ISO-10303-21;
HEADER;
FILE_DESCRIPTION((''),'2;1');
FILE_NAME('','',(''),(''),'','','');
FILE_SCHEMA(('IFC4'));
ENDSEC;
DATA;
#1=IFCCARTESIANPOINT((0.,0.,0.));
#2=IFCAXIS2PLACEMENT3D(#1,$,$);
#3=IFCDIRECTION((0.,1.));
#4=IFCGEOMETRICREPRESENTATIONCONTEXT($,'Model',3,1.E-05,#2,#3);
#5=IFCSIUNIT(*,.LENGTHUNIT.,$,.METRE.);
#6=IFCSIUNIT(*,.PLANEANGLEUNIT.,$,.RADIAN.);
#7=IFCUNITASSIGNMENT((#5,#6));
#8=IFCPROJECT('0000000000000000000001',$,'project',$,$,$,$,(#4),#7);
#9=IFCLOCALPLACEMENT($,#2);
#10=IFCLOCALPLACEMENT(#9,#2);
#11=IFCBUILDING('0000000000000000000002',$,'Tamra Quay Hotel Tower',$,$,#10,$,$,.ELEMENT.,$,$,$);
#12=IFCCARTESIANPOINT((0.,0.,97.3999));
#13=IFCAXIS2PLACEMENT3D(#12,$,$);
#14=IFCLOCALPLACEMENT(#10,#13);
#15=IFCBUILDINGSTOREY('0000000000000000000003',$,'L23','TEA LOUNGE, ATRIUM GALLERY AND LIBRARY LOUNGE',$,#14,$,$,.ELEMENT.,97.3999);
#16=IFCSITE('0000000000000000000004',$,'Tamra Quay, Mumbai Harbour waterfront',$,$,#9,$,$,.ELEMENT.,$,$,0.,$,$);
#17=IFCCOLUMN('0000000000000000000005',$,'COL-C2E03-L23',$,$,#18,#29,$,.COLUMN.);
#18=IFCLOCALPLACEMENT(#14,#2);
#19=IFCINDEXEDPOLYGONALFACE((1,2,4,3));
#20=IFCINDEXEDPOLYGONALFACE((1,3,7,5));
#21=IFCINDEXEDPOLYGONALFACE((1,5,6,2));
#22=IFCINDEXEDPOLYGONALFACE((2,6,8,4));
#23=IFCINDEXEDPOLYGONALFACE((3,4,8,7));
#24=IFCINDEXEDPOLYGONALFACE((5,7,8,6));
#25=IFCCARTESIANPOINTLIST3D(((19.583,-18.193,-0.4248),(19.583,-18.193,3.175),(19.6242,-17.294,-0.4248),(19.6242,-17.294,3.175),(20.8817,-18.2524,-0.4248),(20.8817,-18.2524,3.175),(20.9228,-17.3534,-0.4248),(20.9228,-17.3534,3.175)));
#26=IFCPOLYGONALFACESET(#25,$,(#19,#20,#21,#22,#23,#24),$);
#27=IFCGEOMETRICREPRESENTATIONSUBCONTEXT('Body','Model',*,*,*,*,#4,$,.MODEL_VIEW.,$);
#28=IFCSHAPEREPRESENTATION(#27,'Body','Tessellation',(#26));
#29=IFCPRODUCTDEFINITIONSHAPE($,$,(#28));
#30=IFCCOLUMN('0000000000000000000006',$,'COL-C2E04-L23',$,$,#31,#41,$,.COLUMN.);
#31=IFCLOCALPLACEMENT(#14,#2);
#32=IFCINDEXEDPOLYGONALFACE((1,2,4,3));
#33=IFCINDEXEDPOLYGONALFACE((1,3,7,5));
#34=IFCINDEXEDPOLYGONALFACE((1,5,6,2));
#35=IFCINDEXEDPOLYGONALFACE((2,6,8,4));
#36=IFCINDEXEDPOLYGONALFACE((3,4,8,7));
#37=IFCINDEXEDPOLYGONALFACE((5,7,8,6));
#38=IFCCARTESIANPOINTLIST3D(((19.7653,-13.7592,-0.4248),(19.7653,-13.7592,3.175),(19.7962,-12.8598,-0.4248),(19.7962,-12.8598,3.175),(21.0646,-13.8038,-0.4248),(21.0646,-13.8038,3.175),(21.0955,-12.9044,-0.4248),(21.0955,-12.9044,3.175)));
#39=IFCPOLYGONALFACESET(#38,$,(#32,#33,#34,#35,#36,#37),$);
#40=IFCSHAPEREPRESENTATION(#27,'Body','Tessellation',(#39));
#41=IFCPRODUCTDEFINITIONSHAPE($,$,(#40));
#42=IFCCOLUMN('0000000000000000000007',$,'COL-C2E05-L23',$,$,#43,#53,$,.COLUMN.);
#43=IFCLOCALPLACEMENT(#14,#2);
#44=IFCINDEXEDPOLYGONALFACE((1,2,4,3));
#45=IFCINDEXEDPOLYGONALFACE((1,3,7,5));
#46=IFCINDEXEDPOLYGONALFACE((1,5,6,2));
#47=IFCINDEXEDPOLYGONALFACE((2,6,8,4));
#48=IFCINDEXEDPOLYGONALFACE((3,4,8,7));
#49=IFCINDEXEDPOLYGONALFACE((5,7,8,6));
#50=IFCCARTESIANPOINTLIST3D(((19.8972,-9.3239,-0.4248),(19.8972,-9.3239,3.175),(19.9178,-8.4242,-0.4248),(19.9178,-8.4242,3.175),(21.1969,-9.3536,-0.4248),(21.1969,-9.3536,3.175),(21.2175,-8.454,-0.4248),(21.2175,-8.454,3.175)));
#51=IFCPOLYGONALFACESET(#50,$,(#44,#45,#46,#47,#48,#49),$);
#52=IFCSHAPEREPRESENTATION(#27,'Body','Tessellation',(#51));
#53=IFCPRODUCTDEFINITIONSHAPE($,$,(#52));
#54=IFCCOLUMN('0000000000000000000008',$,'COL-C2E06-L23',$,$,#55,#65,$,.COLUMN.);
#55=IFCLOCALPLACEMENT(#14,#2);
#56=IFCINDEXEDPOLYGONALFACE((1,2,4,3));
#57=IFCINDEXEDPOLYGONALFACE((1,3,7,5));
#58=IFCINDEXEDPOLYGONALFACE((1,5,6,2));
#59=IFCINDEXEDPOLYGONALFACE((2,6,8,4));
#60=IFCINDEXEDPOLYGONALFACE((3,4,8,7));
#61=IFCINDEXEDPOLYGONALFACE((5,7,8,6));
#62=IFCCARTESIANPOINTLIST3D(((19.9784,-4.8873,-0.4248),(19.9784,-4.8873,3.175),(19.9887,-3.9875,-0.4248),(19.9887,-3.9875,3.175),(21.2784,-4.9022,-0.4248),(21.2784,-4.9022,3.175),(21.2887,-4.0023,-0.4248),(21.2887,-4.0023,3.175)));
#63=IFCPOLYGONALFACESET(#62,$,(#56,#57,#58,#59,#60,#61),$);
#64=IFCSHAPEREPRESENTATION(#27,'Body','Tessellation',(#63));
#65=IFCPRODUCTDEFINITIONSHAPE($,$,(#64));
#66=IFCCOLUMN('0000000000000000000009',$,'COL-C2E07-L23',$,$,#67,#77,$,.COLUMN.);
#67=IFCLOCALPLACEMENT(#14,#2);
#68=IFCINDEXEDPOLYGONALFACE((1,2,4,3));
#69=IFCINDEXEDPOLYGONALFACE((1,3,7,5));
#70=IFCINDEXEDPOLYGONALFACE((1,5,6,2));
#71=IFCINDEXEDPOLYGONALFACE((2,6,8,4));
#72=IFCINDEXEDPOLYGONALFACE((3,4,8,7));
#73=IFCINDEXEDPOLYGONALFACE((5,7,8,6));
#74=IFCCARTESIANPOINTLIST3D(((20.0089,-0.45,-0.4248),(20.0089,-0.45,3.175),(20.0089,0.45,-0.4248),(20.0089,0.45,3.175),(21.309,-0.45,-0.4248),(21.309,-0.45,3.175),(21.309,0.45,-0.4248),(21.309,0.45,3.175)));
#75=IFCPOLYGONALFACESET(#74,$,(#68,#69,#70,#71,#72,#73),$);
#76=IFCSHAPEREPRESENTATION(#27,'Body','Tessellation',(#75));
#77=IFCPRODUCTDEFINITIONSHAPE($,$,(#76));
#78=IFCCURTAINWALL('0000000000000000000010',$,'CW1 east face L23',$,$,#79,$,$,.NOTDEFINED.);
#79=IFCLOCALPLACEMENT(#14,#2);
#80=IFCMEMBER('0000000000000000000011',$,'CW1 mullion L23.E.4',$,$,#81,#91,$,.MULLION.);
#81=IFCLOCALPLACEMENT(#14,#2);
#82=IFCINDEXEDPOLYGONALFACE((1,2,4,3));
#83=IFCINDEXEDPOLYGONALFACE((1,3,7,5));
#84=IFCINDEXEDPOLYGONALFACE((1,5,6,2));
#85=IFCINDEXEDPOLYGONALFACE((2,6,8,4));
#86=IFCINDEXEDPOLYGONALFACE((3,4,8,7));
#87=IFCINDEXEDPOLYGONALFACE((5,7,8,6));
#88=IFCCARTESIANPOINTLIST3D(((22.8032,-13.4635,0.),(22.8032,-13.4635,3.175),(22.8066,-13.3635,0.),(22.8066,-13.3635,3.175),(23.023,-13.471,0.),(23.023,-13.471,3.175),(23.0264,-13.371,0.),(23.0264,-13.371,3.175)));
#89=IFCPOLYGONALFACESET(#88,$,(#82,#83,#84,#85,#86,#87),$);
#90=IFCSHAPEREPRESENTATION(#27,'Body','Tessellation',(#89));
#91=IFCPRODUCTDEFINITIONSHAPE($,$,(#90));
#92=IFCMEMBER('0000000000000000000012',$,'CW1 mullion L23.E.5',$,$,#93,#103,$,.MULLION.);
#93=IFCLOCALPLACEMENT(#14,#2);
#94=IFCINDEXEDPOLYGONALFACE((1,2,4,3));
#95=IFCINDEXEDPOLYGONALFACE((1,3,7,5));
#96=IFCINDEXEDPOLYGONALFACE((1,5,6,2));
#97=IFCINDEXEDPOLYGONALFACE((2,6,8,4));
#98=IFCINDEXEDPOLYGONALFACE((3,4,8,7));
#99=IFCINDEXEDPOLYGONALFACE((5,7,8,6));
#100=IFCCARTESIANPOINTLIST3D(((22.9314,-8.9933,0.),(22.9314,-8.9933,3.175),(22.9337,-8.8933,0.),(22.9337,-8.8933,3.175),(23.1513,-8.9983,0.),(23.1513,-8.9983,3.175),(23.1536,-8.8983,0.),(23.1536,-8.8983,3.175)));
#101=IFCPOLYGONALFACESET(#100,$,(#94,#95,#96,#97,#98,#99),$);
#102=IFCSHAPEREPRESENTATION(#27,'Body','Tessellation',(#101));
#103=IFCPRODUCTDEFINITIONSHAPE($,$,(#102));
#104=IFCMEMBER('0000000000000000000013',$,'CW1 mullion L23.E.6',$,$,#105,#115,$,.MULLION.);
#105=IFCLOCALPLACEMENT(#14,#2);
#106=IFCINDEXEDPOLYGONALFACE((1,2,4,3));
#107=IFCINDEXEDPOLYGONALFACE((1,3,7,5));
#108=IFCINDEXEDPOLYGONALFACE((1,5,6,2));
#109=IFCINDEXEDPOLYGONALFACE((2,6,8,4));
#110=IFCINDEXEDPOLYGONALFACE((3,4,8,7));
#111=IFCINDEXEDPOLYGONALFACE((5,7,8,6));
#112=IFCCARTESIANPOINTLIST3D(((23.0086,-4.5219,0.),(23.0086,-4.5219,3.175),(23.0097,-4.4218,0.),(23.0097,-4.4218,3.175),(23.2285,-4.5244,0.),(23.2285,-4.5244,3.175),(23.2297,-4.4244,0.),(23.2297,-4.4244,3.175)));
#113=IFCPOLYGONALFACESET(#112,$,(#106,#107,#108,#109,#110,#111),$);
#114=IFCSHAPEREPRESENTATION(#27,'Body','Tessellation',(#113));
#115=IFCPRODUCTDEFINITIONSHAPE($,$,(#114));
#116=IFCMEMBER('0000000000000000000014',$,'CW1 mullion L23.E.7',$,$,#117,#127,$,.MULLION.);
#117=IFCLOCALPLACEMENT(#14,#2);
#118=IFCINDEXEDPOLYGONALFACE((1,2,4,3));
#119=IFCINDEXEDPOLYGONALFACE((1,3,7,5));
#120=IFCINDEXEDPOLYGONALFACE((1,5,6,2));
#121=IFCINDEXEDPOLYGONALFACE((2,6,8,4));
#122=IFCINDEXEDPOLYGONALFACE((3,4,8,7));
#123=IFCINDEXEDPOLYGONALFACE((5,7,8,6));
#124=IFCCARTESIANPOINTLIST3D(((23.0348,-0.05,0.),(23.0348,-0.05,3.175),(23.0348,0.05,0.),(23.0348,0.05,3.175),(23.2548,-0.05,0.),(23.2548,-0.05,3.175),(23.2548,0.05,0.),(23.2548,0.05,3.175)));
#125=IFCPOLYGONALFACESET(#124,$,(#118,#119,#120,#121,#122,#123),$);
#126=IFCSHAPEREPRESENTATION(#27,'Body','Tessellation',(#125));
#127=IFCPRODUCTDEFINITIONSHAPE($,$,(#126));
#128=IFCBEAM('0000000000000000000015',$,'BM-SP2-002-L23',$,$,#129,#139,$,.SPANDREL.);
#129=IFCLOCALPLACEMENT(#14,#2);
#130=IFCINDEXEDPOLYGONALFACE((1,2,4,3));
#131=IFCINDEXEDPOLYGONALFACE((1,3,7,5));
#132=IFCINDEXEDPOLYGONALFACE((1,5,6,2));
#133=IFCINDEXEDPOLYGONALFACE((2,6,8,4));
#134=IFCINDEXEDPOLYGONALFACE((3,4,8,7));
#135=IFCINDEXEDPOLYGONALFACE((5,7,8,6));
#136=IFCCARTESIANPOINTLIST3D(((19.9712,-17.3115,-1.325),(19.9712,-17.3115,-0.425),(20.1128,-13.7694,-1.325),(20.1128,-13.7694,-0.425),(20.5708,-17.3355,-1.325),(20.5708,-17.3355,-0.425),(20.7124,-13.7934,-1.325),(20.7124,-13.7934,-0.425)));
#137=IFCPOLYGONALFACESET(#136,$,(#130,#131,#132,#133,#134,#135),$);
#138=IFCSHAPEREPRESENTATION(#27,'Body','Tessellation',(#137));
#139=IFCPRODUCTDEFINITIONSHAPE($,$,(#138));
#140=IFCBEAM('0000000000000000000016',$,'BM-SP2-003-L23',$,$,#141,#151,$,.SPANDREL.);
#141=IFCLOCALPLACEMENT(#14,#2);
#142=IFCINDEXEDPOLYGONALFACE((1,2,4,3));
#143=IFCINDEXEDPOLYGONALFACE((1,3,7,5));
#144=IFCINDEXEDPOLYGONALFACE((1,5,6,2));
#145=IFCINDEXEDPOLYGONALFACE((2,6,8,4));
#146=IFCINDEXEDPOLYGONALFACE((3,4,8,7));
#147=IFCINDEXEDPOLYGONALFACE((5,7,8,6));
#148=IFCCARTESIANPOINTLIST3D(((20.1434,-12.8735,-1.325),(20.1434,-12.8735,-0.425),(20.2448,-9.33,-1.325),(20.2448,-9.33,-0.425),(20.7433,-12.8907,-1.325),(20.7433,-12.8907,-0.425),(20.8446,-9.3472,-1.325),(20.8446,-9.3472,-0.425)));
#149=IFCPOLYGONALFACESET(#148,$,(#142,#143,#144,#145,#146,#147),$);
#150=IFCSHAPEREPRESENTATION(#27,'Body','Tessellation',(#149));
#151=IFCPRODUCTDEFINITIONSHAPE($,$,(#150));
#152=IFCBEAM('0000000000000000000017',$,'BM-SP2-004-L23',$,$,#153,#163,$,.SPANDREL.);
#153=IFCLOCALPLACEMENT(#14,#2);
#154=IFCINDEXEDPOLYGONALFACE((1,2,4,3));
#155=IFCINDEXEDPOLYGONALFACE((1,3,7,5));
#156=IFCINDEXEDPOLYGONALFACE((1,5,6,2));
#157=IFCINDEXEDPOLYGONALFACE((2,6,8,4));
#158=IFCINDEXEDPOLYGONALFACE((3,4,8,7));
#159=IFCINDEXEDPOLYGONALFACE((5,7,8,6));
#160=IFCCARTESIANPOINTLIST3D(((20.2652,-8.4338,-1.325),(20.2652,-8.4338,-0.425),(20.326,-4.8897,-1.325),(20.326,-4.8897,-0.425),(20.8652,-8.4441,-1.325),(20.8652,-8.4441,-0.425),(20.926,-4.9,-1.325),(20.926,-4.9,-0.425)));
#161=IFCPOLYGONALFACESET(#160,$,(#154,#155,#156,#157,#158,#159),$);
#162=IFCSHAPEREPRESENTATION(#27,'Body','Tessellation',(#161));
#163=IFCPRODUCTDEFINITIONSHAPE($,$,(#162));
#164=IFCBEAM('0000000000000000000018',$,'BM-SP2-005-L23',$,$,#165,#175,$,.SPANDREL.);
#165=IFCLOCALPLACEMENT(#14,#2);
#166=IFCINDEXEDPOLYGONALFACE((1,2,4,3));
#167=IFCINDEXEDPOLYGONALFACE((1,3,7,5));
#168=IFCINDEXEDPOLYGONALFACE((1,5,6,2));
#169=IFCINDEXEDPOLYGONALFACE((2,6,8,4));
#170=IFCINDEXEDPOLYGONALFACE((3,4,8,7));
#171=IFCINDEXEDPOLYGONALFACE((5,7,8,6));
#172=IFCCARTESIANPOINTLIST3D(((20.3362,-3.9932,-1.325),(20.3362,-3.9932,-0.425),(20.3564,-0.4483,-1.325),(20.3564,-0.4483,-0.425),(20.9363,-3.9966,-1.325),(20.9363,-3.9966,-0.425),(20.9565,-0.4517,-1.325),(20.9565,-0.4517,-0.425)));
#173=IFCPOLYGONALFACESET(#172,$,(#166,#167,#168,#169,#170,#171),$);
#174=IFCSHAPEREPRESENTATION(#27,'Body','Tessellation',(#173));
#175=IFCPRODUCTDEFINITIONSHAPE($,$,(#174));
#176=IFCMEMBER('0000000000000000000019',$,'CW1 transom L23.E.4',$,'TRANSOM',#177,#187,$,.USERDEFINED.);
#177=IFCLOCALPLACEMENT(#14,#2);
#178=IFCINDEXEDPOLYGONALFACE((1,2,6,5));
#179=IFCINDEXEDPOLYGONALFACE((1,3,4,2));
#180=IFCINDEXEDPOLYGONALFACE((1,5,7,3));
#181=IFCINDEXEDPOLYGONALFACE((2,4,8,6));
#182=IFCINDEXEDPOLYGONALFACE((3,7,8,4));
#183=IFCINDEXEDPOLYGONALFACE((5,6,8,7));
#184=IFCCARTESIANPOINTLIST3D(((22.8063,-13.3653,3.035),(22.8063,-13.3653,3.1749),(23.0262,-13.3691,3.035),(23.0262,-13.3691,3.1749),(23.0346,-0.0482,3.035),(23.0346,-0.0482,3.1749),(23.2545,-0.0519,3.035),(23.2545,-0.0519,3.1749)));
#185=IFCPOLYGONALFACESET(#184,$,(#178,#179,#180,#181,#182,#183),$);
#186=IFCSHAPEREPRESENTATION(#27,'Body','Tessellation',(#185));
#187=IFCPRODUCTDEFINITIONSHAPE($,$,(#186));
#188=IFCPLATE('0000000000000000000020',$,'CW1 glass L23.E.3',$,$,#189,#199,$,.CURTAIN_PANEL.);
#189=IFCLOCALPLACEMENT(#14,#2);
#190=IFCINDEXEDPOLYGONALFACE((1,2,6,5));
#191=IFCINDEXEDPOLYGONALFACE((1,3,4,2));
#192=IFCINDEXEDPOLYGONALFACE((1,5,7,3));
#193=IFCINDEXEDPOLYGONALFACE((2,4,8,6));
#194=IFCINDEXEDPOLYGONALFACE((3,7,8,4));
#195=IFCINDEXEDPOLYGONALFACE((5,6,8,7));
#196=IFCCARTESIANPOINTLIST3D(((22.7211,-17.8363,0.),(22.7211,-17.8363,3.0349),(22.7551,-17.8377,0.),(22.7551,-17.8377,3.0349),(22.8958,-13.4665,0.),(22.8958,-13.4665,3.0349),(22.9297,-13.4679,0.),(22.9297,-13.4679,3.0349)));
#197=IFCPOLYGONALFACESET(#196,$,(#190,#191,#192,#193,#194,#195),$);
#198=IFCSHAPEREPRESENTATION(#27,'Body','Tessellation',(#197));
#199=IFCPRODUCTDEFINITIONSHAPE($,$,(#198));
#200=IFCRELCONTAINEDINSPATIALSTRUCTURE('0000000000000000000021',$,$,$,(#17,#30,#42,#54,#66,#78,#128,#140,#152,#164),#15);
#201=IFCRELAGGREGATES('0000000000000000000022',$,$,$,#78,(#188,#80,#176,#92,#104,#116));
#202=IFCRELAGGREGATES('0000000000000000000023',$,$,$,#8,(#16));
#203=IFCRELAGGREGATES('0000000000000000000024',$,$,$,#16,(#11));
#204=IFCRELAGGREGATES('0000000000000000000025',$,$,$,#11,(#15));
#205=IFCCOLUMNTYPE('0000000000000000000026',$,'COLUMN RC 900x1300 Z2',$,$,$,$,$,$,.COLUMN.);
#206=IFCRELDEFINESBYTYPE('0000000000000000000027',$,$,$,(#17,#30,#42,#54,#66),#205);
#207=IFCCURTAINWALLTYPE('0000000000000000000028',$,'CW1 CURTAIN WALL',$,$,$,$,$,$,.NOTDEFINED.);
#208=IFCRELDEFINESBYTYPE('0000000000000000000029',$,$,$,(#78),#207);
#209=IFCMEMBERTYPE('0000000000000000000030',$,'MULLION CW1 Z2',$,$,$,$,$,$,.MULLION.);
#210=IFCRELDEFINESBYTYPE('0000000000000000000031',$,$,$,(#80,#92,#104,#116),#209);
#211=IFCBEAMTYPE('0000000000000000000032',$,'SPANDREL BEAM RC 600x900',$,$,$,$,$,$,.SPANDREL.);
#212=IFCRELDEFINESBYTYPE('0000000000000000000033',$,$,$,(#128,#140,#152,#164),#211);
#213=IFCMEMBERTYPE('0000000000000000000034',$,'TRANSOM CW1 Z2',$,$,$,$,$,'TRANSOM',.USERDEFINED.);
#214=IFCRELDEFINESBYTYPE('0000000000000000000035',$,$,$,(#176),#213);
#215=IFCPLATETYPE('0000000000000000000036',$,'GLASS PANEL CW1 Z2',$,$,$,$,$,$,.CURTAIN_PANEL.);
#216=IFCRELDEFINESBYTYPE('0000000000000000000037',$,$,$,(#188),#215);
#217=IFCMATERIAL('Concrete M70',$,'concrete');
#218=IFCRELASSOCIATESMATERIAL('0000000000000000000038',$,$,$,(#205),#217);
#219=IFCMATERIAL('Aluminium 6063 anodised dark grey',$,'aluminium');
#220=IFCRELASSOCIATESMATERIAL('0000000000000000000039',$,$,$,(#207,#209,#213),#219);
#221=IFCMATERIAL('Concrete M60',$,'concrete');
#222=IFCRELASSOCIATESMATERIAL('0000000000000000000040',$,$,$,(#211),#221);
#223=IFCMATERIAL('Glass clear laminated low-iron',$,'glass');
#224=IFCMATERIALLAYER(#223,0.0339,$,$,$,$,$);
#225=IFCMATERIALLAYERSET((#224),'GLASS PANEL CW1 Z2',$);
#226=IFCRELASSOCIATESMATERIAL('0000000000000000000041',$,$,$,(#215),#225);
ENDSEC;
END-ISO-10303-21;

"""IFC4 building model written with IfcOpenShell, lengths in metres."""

from ifc_helpers import new_model, si_unit, direction, frame, origin, origin_2d, place, context, subcontext, project, spatial, rectangle, extrude, material, layer, layer_set, material_profile, profile_set, type_object, element, aggregate, save


model = new_model("IFC4")

# Units and contexts
model_context = context("Model", 3, precision=1e-05, world=origin(), true_north=direction((0.0, 1.0)))
body_context = subcontext(model_context, "Body", "Model", "MODEL_VIEW")
ifc_project = project(units=[si_unit("LENGTHUNIT", "METRE"), si_unit("PLANEANGLEUNIT", "RADIAN")], contexts=[model_context])

# Site, building, storey
site_placement = place(None, origin())
site = spatial("IfcSite", under=ifc_project, at=site_placement, Name="Tamra Quay, Mumbai Harbour waterfront", CompositionType="ELEMENT", RefElevation=0.0)
building_placement = place(site_placement, origin())
building = spatial("IfcBuilding", under=site, at=building_placement, Name="Tamra Quay Hotel Tower", CompositionType="ELEMENT")
storey_placement = place(building_placement, frame((0.0, 0.0, 97.3999)))
storey = spatial("IfcBuildingStorey", under=building, at=storey_placement, Name="L23", Description="TEA LOUNGE, ATRIUM GALLERY AND LIBRARY LOUNGE", CompositionType="ELEMENT", Elevation=97.3999)

# Columns
ifc_material_1 = material(Name="Concrete M70", Category="concrete")
ifc_material_profile_1 = material_profile(ifc_material_1, rectangle(XDim=1.3, YDim=0.8999, at=origin_2d()), Name="COLUMN RC 900x1300 Z2")
ifc_profile_set_1 = profile_set([ifc_material_profile_1], Name="Concrete M70")
column_type = type_object("IfcColumnType", Name="COLUMN RC 900x1300 Z2", PredefinedType="COLUMN", material=ifc_profile_set_1)
for number, where, z_axis, x_axis, name in (
    (1, (20.2529, -17.7732, -0.4248), (0.0, 0.0, 1.0), (-0.998955, 0.045712, 0.0), "COL-C2E03-L23"),
    (2, (20.4304, -13.3318, -0.4248), (0.0, 0.0, 1.0), (-0.999412, 0.034299, 0.0), "COL-C2E04-L23"),
    (3, (20.5574, -8.8889, -0.4248), (0.0, 0.0, 1.0), (-0.999738, 0.022874, 0.0), "COL-C2E05-L23"),
    (4, (20.6335, -4.4448, -0.4248), (0.0, 0.0, 1.0), (-0.999935, 0.011439, 0.0), "COL-C2E06-L23"),
    (5, (20.6589, 0.0, -0.4248), (0.0, 0.0, 1.0), (1.0, 0.0, 0.0), "COL-C2E07-L23"),
):
    element("IfcColumn", number, at=place(storey_placement, frame(where, z_axis=z_axis, x_axis=x_axis)), inside=storey, type_object=column_type, Name=name, PredefinedType="COLUMN", context=body_context, shape_type="SweptSolid", body=[
        extrude(rectangle(XDim=1.3, YDim=0.8999, at=origin_2d()), origin(), (0.0, 0.0, 1.0), 3.5999),
    ])

# Curtain wall, members
ifc_material_2 = material(Name="Aluminium 6063 anodised dark grey", Category="aluminium")
curtain_wall_type = type_object("IfcCurtainWallType", Name="CW1 CURTAIN WALL", PredefinedType="NOTDEFINED", material=ifc_material_2)
curtain_wall_placement = place(storey_placement, origin())
curtain_wall = element("IfcCurtainWall", 6, at=curtain_wall_placement, inside=storey, type_object=curtain_wall_type, Name="CW1 east face L23", PredefinedType="NOTDEFINED")
ifc_material_profile_2 = material_profile(ifc_material_2, rectangle(XDim=0.22, YDim=0.1001, at=origin_2d()), Name="MULLION 100X220")
ifc_profile_set_2 = profile_set([ifc_material_profile_2], Name="Aluminium 6063 anodised dark grey")
member_type_1 = type_object("IfcMemberType", Name="MULLION CW1 Z2", PredefinedType="MULLION", material=ifc_profile_set_2)
member_1_placement = place(storey_placement, frame((22.9148, -13.4172, 0.0), z_axis=(0.0, 0.0, 1.0), x_axis=(0.999413, -0.034246, 0.0)))
member_1 = element("IfcMember", 7, at=member_1_placement, type_object=member_type_1, Name="CW1 mullion L23.E.4", PredefinedType="MULLION", context=body_context, shape_type="SweptSolid", body=[
    extrude(rectangle(XDim=0.22, YDim=0.1001, at=origin_2d()), origin(), (0.0, 0.0, 1.0), 3.175),
])
member_2_placement = place(storey_placement, frame((23.0425, -8.9458, 0.0), z_axis=(0.0, 0.0, 1.0), x_axis=(0.999739, -0.022841, 0.0)))
member_2 = element("IfcMember", 8, at=member_2_placement, type_object=member_type_1, Name="CW1 mullion L23.E.5", PredefinedType="MULLION", context=body_context, shape_type="SweptSolid", body=[
    extrude(rectangle(XDim=0.22, YDim=0.1001, at=origin_2d()), origin(), (0.0, 0.0, 1.0), 3.175),
])
member_3_placement = place(storey_placement, frame((23.1191, -4.4731, 0.0), z_axis=(0.0, 0.0, 1.0), x_axis=(0.999935, -0.011424, 0.0)))
member_3 = element("IfcMember", 9, at=member_3_placement, type_object=member_type_1, Name="CW1 mullion L23.E.6", PredefinedType="MULLION", context=body_context, shape_type="SweptSolid", body=[
    extrude(rectangle(XDim=0.22, YDim=0.1001, at=origin_2d()), origin(), (0.0, 0.0, 1.0), 3.175),
])
member_4_placement = place(storey_placement, frame((23.1448, 0.0, 0.0), z_axis=(0.0, 0.0, 1.0), x_axis=(1.0, 0.0, 0.0)))
member_4 = element("IfcMember", 10, at=member_4_placement, type_object=member_type_1, Name="CW1 mullion L23.E.7", PredefinedType="MULLION", context=body_context, shape_type="SweptSolid", body=[
    extrude(rectangle(XDim=0.22, YDim=0.1001, at=origin_2d()), origin(), (0.0, 0.0, 1.0), 3.175),
])

# Beams
ifc_material_3 = material(Name="Concrete M60", Category="concrete")
ifc_material_profile_3 = material_profile(ifc_material_3, rectangle(XDim=0.6001, YDim=0.8999, at=origin_2d()), Name="SPANDREL BEAM RC 600x900")
ifc_profile_set_3 = profile_set([ifc_material_profile_3], Name="Concrete M60")
beam_type = type_object("IfcBeamType", Name="SPANDREL BEAM RC 600x900", PredefinedType="SPANDREL", material=ifc_profile_set_3)
for number, where, z_axis, x_axis, name in (
    (11, (20.271, -17.3235, -0.875), (0.039946, 0.999202, 0.0), (-0.999202, 0.039946, 0.0), "BM-SP2-002-L23"),
    (12, (20.4434, -12.8821, -0.875), (0.028581, 0.999591, 0.0), (-0.999591, 0.028581, 0.0), "BM-SP2-003-L23"),
):
    element("IfcBeam", number, at=place(storey_placement, frame(where, z_axis=z_axis, x_axis=x_axis)), inside=storey, type_object=beam_type, Name=name, PredefinedType="SPANDREL", context=body_context, shape_type="SweptSolid", body=[
        extrude(rectangle(XDim=0.6001, YDim=0.8999, at=origin_2d()), origin(), (0.0, 0.0, 1.0), 3.5449),
    ])
beam_1_placement = place(storey_placement, frame((20.5652, -8.439, -0.875), z_axis=(0.01715, 0.999853, 0.0), x_axis=(-0.999853, 0.01715, 0.0)))
element("IfcBeam", 13, at=beam_1_placement, inside=storey, type_object=beam_type, Name="BM-SP2-004-L23", PredefinedType="SPANDREL", context=body_context, shape_type="SweptSolid", body=[
    extrude(rectangle(XDim=0.6001, YDim=0.8999, at=origin_2d()), origin(), (0.0, 0.0, 1.0), 3.5447),
])
beam_2_placement = place(storey_placement, frame((20.6362, -3.9949, -0.875), z_axis=(0.005716, 0.999984, 0.0), x_axis=(-0.999984, 0.005716, 0.0)))
element("IfcBeam", 14, at=beam_2_placement, inside=storey, type_object=beam_type, Name="BM-SP2-005-L23", PredefinedType="SPANDREL", context=body_context, shape_type="SweptSolid", body=[
    extrude(rectangle(XDim=0.6001, YDim=0.8999, at=origin_2d()), origin(), (0.0, 0.0, 1.0), 3.5449),
])

# Member
ifc_material_profile_4 = material_profile(ifc_material_2, rectangle(XDim=0.22, YDim=0.1399, at=origin_2d()), Name="TRANSOM 220X140")
ifc_profile_set_4 = profile_set([ifc_material_profile_4], Name="Aluminium 6063 anodised dark grey")
member_type_2 = type_object("IfcMemberType", Name="TRANSOM CW1 Z2", ElementType="TRANSOM", PredefinedType="USERDEFINED", material=ifc_profile_set_4)
member_5_placement = place(storey_placement, frame((22.9163, -13.3672, 3.105), z_axis=(0.017139, 0.999853, 0.0), x_axis=(-0.999853, 0.017139, 0.0)))
member_5 = element("IfcMember", 15, at=member_5_placement, type_object=member_type_2, Name="CW1 transom L23.E.4", ObjectType="TRANSOM", PredefinedType="USERDEFINED", context=body_context, shape_type="SweptSolid", body=[
    extrude(rectangle(XDim=0.22, YDim=0.1399, at=origin_2d()), origin(), (0.0, 0.0, 1.0), 13.3191),
])

# Plate
ifc_material_4 = material(Name="Glass clear laminated low-iron", Category="glass")
ifc_layer_1 = layer(ifc_material_4, 0.0339)
ifc_layer_set_1 = layer_set([ifc_layer_1], Name="GLASS PANEL CW1 Z2")
plate_type = type_object("IfcPlateType", Name="GLASS PANEL CW1 Z2", PredefinedType="CURTAIN_PANEL", material=ifc_layer_set_1)
plate_1_placement = place(storey_placement, frame((22.8254, -15.6521, 0.0), z_axis=(0.0, 0.0, 1.0), x_axis=(0.039944, 0.999202, 0.0)))
plate_1 = element("IfcPlate", 16, at=plate_1_placement, type_object=plate_type, Name="CW1 glass L23.E.3", PredefinedType="CURTAIN_PANEL", context=body_context, shape_type="SweptSolid", body=[
    extrude(rectangle(XDim=4.3733, YDim=0.0339, at=origin_2d()), origin(), (0.0, 0.0, 1.0), 3.0349),
])
aggregate(curtain_wall, [plate_1, member_1, member_5, member_2, member_3, member_4])

save(model, "model.ifc")
